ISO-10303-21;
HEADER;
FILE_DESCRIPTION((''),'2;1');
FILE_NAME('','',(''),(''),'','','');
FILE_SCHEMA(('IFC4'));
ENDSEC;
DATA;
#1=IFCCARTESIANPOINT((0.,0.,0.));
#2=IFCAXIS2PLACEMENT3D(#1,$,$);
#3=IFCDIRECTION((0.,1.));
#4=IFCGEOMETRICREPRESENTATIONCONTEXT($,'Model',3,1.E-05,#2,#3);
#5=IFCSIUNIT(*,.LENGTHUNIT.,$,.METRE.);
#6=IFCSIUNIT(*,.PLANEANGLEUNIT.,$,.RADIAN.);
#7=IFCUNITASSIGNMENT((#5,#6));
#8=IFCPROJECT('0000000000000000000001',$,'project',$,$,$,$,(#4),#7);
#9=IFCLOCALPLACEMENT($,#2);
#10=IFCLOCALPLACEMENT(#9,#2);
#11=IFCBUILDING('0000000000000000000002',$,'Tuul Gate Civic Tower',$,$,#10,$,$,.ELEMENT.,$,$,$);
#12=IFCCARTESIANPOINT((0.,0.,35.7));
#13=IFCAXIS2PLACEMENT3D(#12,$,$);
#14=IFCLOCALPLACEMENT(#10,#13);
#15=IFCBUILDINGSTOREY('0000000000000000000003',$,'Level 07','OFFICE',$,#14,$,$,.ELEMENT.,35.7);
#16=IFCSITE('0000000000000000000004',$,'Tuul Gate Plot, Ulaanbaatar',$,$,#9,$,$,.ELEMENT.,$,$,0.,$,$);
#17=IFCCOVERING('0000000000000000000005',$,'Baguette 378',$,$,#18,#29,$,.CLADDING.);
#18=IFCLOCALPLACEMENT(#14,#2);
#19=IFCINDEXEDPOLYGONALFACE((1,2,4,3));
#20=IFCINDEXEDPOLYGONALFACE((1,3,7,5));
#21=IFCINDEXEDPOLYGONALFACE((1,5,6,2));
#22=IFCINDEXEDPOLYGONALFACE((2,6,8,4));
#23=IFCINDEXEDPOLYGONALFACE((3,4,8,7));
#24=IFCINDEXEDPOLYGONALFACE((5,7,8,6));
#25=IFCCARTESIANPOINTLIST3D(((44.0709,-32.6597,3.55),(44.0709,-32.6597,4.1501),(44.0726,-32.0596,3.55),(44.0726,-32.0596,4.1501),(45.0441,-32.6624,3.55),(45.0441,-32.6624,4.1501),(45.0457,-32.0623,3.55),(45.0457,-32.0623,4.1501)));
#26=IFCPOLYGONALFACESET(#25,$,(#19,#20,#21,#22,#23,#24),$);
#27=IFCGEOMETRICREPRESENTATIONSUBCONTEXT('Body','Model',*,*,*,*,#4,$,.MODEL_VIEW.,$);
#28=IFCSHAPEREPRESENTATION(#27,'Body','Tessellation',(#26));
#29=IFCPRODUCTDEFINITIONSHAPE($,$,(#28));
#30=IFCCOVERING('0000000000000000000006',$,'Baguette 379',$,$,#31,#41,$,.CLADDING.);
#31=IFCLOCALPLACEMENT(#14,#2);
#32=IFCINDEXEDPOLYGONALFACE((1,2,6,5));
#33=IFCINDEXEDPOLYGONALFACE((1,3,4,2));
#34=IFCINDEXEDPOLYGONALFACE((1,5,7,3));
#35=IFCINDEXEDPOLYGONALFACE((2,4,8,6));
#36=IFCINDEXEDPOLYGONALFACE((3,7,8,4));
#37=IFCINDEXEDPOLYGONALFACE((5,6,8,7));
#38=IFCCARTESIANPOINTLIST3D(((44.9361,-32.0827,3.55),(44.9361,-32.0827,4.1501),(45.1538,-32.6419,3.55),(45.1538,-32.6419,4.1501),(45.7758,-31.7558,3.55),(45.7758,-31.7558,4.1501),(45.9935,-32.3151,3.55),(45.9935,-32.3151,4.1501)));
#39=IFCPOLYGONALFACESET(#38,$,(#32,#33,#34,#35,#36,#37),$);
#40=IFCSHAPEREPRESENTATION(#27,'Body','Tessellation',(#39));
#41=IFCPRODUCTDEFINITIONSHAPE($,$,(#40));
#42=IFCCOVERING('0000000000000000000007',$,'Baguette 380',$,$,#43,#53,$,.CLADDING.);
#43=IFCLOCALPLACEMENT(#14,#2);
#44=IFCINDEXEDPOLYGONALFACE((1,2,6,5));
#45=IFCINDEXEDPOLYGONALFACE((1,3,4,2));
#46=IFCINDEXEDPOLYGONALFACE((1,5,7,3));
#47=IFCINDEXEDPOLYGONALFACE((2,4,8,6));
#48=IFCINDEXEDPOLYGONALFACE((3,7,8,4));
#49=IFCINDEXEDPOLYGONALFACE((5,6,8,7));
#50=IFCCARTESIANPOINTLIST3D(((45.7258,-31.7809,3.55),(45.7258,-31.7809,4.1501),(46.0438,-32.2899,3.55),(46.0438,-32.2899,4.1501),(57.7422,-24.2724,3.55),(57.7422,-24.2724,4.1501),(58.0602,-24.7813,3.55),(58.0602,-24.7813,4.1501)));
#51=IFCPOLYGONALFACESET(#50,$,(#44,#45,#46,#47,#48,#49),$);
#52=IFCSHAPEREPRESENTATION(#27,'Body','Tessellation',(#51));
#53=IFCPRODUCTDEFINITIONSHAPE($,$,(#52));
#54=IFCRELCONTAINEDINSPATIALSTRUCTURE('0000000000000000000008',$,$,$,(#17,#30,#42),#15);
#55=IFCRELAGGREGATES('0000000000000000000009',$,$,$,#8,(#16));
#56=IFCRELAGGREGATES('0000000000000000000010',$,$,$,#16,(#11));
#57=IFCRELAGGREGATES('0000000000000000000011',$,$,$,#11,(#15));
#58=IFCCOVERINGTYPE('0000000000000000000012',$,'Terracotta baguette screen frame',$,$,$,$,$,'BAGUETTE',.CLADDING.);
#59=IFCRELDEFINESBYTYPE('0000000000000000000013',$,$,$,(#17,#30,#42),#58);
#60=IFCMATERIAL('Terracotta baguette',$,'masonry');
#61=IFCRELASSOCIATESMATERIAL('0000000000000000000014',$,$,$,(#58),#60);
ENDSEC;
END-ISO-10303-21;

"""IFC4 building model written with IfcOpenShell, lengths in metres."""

from ifc_helpers import new_model, si_unit, direction, frame, origin, origin_2d, place, context, subcontext, project, spatial, rectangle, extrude, material, material_profile, profile_set, type_object, element, save


model = new_model("IFC4")

# Units and contexts
model_context = context("Model", 3, precision=1e-05, world=origin(), true_north=direction((0.0, 1.0)))
body_context = subcontext(model_context, "Body", "Model", "MODEL_VIEW")
ifc_project = project(units=[si_unit("LENGTHUNIT", "METRE"), si_unit("PLANEANGLEUNIT", "RADIAN")], contexts=[model_context])

# Site, building, storey
site_placement = place(None, origin())
site = spatial("IfcSite", under=ifc_project, at=site_placement, Name="Tuul Gate Plot, Ulaanbaatar", CompositionType="ELEMENT", RefElevation=0.0)
building_placement = place(site_placement, origin())
building = spatial("IfcBuilding", under=site, at=building_placement, Name="Tuul Gate Civic Tower", CompositionType="ELEMENT")
storey_placement = place(building_placement, frame((0.0, 0.0, 35.7)))
storey = spatial("IfcBuildingStorey", under=building, at=storey_placement, Name="Level 07", Description="OFFICE", CompositionType="ELEMENT", Elevation=35.7)

# Coverings
ifc_material_1 = material(Name="Terracotta baguette", Category="masonry")
ifc_material_profile_1 = material_profile(ifc_material_1, rectangle(XDim=0.6001, YDim=0.6001, at=origin_2d()), Name="Terracotta baguette screen frame")
ifc_profile_set_1 = profile_set([ifc_material_profile_1], Name="Terracotta baguette")
covering_type = type_object("IfcCoveringType", Name="Terracotta baguette screen frame", ElementType="BAGUETTE", PredefinedType="CLADDING", material=ifc_profile_set_1)
covering_1_placement = place(storey_placement, frame((44.0718, -32.3596, 3.8501), z_axis=(0.999996, -0.00276, 0.0), x_axis=(0.00276, 0.999996, 0.0)))
element("IfcCovering", 1, at=covering_1_placement, inside=storey, type_object=covering_type, Name="Baguette 378", PredefinedType="CLADDING", context=body_context, shape_type="SweptSolid", body=[
    extrude(rectangle(XDim=0.6001, YDim=0.6001, at=origin_2d()), origin(), (0.0, 0.0, 1.0), 0.9731),
])
covering_2_placement = place(storey_placement, frame((45.0449, -32.3623, 3.8501), z_axis=(0.931893, 0.362734, 0.0), x_axis=(-0.362734, 0.931893, 0.0)))
element("IfcCovering", 2, at=covering_2_placement, inside=storey, type_object=covering_type, Name="Baguette 379", PredefinedType="CLADDING", context=body_context, shape_type="SweptSolid", body=[
    extrude(rectangle(XDim=0.6001, YDim=0.6001, at=origin_2d()), origin(), (0.0, 0.0, 1.0), 0.9011),
])
covering_3_placement = place(storey_placement, frame((45.8848, -32.0354, 3.8501), z_axis=(0.848052, 0.529914, 0.0), x_axis=(-0.529914, 0.848052, 0.0)))
element("IfcCovering", 3, at=covering_3_placement, inside=storey, type_object=covering_type, Name="Baguette 380", PredefinedType="CLADDING", context=body_context, shape_type="SweptSolid", body=[
    extrude(rectangle(XDim=0.6001, YDim=0.6001, at=origin_2d()), origin(), (0.0, 0.0, 1.0), 14.1694),
])

save(model, "model.ifc")
